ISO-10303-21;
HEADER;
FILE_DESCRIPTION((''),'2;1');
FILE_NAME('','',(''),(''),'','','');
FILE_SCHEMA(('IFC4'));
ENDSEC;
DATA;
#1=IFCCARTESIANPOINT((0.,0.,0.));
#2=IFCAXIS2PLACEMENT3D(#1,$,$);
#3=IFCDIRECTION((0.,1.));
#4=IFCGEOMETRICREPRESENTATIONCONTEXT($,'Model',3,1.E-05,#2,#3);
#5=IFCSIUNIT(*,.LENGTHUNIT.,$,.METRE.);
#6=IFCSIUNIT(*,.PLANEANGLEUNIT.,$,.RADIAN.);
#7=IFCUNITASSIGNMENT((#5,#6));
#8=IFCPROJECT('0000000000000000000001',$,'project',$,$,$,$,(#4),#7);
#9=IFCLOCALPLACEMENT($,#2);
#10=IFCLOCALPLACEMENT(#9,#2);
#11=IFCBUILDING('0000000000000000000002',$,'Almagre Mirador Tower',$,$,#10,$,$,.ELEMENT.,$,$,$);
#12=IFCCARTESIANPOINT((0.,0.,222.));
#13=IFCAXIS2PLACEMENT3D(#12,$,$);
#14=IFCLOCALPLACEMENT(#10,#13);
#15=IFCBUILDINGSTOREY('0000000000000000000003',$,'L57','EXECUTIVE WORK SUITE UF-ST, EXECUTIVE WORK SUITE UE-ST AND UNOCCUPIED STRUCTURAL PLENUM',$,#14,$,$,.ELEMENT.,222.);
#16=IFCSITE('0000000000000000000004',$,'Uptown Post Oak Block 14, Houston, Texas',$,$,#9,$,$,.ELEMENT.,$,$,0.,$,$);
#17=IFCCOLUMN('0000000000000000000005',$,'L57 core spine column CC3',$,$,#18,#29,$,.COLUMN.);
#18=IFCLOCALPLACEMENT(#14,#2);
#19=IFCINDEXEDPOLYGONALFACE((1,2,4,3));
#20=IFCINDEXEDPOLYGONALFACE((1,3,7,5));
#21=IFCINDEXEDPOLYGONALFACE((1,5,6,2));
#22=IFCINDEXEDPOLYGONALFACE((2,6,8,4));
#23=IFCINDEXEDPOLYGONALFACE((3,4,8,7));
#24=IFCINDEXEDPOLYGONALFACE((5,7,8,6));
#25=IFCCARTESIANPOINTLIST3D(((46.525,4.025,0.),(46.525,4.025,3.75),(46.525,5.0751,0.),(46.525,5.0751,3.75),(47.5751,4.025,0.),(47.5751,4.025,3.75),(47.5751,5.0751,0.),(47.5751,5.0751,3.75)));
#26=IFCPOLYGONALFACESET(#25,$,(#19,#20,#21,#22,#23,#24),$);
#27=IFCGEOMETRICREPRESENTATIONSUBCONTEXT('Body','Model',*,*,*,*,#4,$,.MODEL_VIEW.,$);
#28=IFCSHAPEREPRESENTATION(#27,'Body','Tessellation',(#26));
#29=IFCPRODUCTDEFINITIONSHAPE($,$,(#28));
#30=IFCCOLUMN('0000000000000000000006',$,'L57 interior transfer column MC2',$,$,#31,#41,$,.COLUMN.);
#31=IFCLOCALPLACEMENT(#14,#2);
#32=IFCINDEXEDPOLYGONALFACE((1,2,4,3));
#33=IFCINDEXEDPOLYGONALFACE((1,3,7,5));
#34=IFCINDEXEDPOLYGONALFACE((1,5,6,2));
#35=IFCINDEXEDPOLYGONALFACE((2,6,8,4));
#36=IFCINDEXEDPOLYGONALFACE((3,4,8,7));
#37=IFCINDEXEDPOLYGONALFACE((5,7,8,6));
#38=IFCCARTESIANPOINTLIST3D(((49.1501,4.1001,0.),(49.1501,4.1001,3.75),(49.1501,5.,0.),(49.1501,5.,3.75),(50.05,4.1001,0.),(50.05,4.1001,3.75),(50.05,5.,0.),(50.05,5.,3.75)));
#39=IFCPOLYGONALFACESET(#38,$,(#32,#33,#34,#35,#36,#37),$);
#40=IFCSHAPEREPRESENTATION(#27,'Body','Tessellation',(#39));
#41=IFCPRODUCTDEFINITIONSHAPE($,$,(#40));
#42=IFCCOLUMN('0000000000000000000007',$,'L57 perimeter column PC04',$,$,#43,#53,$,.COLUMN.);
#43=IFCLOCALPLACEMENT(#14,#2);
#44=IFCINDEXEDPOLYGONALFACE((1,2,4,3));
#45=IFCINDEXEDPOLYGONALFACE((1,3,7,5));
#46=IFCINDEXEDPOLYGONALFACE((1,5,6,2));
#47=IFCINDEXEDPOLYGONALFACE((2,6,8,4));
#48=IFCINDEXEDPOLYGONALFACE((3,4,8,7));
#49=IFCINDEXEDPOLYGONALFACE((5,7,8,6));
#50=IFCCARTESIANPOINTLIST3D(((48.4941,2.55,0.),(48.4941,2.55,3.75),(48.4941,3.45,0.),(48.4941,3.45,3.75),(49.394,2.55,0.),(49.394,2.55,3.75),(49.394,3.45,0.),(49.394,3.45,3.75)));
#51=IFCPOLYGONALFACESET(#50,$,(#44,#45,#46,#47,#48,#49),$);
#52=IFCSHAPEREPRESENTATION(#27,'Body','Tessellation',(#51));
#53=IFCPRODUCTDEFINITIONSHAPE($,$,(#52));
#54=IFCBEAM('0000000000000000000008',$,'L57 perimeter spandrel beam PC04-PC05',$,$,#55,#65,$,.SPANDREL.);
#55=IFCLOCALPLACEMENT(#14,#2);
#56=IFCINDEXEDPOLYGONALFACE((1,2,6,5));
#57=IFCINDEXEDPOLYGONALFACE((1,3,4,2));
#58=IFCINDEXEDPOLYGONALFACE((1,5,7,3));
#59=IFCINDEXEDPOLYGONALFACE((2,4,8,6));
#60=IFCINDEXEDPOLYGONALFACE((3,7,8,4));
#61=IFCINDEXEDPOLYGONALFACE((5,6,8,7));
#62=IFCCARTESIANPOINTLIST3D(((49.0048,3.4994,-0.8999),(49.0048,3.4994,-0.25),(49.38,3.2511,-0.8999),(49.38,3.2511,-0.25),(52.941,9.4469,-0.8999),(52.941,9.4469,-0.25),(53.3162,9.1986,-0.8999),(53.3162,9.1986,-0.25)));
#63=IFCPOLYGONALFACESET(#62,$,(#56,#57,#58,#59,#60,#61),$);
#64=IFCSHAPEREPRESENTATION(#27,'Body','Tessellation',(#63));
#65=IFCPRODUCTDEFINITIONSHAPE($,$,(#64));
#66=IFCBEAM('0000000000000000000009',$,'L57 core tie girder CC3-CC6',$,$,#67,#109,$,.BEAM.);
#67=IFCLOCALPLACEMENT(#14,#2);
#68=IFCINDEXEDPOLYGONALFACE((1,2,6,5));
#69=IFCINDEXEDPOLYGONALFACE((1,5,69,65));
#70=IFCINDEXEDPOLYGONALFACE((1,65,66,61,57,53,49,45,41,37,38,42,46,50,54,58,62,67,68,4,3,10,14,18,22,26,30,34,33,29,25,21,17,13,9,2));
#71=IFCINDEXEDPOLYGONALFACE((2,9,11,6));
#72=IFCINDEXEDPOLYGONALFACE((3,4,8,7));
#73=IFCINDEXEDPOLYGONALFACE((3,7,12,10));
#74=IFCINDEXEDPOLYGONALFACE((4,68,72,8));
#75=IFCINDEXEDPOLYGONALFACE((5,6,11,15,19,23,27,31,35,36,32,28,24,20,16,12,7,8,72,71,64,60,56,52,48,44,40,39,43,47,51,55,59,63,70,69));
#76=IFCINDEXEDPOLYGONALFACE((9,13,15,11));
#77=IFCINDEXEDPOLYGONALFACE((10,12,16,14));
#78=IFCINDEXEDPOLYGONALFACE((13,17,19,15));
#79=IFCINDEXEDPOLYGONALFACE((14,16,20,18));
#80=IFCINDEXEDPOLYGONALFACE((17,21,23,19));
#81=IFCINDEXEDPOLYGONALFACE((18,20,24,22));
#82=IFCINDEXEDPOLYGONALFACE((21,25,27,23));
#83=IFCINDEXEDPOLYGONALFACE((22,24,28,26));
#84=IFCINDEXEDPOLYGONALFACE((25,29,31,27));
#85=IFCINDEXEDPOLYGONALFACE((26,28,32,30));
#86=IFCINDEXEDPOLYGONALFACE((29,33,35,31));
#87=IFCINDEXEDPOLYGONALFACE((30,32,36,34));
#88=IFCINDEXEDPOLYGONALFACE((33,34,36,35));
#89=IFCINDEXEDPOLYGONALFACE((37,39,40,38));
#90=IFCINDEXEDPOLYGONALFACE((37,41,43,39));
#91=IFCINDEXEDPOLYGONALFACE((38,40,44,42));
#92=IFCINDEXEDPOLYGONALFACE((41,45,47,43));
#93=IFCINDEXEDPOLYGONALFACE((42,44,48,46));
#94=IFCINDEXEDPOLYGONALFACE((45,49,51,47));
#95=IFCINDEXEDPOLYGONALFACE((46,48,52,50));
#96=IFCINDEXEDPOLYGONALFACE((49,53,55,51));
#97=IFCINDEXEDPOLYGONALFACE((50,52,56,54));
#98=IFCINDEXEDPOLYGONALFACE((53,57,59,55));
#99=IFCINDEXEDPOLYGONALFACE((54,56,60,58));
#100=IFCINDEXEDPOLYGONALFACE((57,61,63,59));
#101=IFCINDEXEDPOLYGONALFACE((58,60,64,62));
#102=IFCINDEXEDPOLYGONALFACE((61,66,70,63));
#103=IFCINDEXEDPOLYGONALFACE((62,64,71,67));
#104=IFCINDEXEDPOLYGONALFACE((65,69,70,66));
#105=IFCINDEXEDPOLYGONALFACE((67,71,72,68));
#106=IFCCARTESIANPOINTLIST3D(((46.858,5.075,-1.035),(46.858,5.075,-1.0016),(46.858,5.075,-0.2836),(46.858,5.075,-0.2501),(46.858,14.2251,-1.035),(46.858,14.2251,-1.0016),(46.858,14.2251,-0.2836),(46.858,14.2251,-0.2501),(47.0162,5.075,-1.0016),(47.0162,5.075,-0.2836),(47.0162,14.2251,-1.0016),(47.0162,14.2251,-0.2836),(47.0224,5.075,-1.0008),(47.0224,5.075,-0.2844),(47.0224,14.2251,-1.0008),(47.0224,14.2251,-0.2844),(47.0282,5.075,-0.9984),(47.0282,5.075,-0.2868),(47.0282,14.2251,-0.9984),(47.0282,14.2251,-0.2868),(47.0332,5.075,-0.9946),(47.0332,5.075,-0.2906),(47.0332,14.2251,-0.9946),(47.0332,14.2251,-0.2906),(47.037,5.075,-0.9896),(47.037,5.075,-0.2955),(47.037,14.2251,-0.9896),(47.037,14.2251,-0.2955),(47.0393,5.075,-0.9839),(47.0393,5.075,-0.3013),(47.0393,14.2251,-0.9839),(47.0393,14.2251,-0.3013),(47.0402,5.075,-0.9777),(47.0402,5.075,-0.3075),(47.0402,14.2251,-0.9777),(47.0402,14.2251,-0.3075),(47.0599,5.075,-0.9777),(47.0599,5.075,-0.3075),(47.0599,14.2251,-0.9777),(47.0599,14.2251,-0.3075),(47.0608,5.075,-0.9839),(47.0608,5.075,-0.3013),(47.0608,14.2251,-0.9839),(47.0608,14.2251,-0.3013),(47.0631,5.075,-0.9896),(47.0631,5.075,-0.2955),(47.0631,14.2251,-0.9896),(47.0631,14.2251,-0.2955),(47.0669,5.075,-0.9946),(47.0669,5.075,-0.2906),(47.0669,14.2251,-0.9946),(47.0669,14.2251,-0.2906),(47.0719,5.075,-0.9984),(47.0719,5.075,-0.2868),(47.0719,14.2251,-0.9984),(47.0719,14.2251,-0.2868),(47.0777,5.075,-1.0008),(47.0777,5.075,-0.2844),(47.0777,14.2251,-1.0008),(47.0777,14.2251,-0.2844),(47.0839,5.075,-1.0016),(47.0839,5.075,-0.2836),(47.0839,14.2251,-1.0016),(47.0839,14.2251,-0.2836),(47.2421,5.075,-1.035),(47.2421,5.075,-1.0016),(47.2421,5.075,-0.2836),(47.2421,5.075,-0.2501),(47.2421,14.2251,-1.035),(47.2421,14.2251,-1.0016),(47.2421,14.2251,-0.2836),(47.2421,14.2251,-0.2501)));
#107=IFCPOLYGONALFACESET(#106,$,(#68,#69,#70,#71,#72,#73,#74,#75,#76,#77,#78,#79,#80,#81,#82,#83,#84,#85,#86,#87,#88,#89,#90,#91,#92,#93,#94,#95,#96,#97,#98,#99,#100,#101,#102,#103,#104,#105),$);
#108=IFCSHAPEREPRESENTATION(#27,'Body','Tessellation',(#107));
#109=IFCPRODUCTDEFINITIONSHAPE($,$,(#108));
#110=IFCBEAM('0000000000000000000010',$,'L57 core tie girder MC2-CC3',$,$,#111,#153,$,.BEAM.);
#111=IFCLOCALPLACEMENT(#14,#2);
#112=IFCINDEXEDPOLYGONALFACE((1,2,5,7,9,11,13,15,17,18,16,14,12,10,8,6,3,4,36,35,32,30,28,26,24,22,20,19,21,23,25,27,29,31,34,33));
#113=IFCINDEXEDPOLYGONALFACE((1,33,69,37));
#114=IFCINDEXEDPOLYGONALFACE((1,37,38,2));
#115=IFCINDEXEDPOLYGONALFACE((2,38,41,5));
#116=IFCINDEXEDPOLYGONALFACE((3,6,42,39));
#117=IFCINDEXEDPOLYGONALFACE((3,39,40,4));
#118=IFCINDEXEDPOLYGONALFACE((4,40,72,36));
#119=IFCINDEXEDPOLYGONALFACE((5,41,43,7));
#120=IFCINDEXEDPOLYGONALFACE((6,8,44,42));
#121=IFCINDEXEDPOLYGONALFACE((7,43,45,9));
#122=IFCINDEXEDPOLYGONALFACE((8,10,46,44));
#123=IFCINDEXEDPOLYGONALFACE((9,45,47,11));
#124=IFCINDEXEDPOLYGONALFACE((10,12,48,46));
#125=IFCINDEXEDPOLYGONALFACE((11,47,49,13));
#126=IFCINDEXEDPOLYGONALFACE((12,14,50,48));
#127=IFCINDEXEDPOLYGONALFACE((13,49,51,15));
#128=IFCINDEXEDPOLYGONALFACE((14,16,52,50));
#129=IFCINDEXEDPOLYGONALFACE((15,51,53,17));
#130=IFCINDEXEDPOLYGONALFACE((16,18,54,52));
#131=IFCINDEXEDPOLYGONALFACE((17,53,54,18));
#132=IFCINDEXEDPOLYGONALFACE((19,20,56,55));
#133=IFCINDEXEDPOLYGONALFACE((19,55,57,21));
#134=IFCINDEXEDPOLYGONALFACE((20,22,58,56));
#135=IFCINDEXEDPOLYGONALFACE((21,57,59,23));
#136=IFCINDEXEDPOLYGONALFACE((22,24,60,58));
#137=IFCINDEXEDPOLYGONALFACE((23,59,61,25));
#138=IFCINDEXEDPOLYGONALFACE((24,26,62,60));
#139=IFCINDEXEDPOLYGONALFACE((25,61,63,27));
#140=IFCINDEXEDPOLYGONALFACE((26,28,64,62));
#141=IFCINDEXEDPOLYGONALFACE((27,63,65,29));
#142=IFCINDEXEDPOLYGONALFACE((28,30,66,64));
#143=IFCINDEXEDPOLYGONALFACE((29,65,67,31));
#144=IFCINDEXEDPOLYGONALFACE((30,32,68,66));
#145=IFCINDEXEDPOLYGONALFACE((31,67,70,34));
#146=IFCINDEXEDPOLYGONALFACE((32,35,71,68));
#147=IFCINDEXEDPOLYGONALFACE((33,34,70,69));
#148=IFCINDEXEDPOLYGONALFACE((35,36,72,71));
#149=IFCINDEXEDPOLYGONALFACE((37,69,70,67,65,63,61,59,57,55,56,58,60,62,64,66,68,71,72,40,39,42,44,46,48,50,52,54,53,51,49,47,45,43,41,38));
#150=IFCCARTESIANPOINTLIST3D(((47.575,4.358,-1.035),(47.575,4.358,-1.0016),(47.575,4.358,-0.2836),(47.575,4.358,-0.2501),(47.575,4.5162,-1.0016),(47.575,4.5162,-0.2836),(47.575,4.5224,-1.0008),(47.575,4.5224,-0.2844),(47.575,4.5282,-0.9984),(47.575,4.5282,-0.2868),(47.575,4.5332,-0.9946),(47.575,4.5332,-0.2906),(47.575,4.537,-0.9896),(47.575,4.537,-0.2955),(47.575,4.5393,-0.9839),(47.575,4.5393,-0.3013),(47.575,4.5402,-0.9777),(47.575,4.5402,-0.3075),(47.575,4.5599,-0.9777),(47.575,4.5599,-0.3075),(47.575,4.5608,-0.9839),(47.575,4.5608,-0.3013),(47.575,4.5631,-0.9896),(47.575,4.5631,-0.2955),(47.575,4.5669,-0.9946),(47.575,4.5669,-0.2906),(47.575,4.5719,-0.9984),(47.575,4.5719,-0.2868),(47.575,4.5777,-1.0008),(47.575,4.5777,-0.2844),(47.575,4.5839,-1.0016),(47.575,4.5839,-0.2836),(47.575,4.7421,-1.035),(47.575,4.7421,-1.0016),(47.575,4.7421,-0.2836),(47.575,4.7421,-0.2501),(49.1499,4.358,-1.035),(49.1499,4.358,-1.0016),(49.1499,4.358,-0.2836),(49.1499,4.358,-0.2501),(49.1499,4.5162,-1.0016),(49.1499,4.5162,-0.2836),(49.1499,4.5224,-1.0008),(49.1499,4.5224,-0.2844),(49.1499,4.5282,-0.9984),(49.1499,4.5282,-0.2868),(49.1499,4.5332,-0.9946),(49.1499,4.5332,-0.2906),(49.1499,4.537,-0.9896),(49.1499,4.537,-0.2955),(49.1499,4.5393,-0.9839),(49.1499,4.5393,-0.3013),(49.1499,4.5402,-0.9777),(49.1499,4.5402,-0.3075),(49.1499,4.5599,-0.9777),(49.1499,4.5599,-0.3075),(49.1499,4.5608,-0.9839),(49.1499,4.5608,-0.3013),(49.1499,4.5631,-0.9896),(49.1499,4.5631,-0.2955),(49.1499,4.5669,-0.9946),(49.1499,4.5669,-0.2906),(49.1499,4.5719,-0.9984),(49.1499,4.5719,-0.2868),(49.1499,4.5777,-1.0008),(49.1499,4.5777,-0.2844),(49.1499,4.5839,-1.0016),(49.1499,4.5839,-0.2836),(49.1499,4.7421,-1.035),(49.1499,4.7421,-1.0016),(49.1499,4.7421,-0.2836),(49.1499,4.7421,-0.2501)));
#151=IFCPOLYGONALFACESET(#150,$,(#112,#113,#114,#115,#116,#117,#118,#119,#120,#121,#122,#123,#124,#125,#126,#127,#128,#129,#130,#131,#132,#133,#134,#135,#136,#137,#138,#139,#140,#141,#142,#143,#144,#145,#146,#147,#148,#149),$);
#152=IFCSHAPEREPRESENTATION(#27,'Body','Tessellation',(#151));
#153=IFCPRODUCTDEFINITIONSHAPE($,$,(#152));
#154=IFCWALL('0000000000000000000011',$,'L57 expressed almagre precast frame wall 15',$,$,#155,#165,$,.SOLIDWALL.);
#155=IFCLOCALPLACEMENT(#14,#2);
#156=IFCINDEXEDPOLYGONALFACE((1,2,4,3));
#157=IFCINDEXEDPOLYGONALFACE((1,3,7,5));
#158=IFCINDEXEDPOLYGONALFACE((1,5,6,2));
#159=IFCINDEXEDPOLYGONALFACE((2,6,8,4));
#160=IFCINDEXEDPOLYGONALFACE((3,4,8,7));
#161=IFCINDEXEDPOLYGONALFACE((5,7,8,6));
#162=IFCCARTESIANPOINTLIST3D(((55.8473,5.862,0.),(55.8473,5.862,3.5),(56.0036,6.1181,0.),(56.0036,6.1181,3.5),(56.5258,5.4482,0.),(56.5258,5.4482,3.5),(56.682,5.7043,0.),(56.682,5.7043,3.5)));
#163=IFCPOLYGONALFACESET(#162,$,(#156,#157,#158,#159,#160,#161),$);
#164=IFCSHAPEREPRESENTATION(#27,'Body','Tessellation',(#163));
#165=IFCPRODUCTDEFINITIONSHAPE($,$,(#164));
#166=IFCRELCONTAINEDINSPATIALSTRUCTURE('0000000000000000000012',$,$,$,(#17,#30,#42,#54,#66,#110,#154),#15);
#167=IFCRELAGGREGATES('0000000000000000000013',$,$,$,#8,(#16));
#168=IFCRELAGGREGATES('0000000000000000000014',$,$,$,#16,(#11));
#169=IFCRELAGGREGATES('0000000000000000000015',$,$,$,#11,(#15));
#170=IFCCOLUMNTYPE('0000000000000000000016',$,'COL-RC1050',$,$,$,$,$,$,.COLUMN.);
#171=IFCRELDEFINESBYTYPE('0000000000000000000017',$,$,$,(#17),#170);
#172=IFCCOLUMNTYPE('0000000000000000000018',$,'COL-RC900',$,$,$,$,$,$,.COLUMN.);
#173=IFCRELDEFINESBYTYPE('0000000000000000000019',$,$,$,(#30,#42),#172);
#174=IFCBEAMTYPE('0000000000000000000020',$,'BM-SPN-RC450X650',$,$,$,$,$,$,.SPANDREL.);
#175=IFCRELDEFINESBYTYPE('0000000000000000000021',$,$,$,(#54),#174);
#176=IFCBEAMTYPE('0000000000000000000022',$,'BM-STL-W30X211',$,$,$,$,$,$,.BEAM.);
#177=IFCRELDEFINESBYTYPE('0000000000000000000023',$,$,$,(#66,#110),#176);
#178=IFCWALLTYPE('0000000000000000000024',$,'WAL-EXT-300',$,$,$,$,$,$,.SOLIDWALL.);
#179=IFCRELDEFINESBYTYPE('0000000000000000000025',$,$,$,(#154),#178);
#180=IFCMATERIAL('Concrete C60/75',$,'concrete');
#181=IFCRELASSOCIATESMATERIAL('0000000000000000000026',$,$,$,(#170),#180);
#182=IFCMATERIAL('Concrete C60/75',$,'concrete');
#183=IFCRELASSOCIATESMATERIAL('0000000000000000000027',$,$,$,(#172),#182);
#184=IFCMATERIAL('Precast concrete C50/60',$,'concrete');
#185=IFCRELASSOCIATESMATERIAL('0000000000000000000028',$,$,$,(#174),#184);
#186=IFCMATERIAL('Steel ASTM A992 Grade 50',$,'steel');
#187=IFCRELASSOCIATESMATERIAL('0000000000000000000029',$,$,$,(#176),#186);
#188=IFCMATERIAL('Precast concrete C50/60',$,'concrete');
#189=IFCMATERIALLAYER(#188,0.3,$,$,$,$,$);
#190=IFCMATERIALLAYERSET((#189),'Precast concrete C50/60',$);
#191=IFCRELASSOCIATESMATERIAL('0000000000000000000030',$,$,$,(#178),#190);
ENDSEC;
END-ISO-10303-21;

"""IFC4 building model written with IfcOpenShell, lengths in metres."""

from ifc_helpers import new_model, si_unit, direction, frame, frame_2d, origin, origin_2d, place, context, subcontext, project, spatial, rectangle, i_section, extrude, material, layer, layer_set, material_profile, profile_set, type_object, element, save


model = new_model("IFC4")

# Units and contexts
model_context = context("Model", 3, precision=1e-05, world=origin(), true_north=direction((0.0, 1.0)))
body_context = subcontext(model_context, "Body", "Model", "MODEL_VIEW")
ifc_project = project(units=[si_unit("LENGTHUNIT", "METRE"), si_unit("PLANEANGLEUNIT", "RADIAN")], contexts=[model_context])

# Site, building, storey
site_placement = place(None, origin())
site = spatial("IfcSite", under=ifc_project, at=site_placement, Name="Uptown Post Oak Block 14, Houston, Texas", CompositionType="ELEMENT", RefElevation=0.0)
building_placement = place(site_placement, origin())
building = spatial("IfcBuilding", under=site, at=building_placement, Name="Almagre Mirador Tower", CompositionType="ELEMENT")
storey_placement = place(building_placement, frame((0.0, 0.0, 222.0)))
storey = spatial("IfcBuildingStorey", under=building, at=storey_placement, Name="L57", Description="EXECUTIVE WORK SUITE UF-ST, EXECUTIVE WORK SUITE UE-ST AND UNOCCUPIED STRUCTURAL PLENUM", CompositionType="ELEMENT", Elevation=222.0)

# Columns
ifc_material_1 = material(Name="Concrete C60/75", Category="concrete")
ifc_material_profile_1 = material_profile(ifc_material_1, rectangle(XDim=1.05, YDim=1.05, at=origin_2d()), Name="RC1050X1050")
ifc_profile_set_1 = profile_set([ifc_material_profile_1], Name="Concrete C60/75")
column_type_1 = type_object("IfcColumnType", Name="COL-RC1050", PredefinedType="COLUMN", material=ifc_profile_set_1)
column_placement = place(storey_placement, frame((47.05, 4.55, 0.0), z_axis=(0.0, 0.0, 1.0), x_axis=(1.0, 0.0, 0.0)))
element("IfcColumn", 1, at=column_placement, inside=storey, type_object=column_type_1, Name="L57 core spine column CC3", PredefinedType="COLUMN", context=body_context, shape_type="SweptSolid", body=[
    extrude(rectangle(XDim=1.05, YDim=1.05, at=origin_2d()), origin(), (0.0, 0.0, 1.0), 3.75),
])
ifc_material_2 = material(Name="Concrete C60/75", Category="concrete")
ifc_material_profile_2 = material_profile(ifc_material_2, rectangle(XDim=0.8999, YDim=0.8999, at=origin_2d()), Name="RC900X900")
ifc_profile_set_2 = profile_set([ifc_material_profile_2], Name="Concrete C60/75")
column_type_2 = type_object("IfcColumnType", Name="COL-RC900", PredefinedType="COLUMN", material=ifc_profile_set_2)
for number, where, z_axis, x_axis, name in (
    (2, (49.6001, 4.55, 0.0), (0.0, 0.0, 1.0), (1.0, 0.0, 0.0), "L57 interior transfer column MC2"),
    (3, (48.9441, 3.0, 0.0), (0.0, 0.0, 1.0), (1.0, 0.0, 0.0), "L57 perimeter column PC04"),
):
    element("IfcColumn", number, at=place(storey_placement, frame(where, z_axis=z_axis, x_axis=x_axis)), inside=storey, type_object=column_type_2, Name=name, PredefinedType="COLUMN", context=body_context, shape_type="SweptSolid", body=[
        extrude(rectangle(XDim=0.8999, YDim=0.8999, at=origin_2d()), origin(), (0.0, 0.0, 1.0), 3.75),
    ])

# Beams
ifc_material_3 = material(Name="Precast concrete C50/60", Category="concrete")
ifc_material_profile_3 = material_profile(ifc_material_3, rectangle(XDim=0.45, YDim=0.6499, at=origin_2d()), Name="RC450X650")
ifc_profile_set_3 = profile_set([ifc_material_profile_3], Name="Precast concrete C50/60")
beam_type_1 = type_object("IfcBeamType", Name="BM-SPN-RC450X650", PredefinedType="SPANDREL", material=ifc_profile_set_3)
beam_1_placement = place(storey_placement, frame((49.1924, 3.3752, -0.575), z_axis=(0.551909, 0.833905, 0.0), x_axis=(-0.833905, 0.551909, 0.0)))
element("IfcBeam", 4, at=beam_1_placement, inside=storey, type_object=beam_type_1, Name="L57 perimeter spandrel beam PC04-PC05", PredefinedType="SPANDREL", context=body_context, shape_type="SweptSolid", body=[
    extrude(rectangle(XDim=0.45, YDim=0.6499, at=origin_2d()), origin(), (0.0, 0.0, 1.0), 7.1321),
])
ifc_material_4 = material(Name="Steel ASTM A992 Grade 50", Category="steel")
ifc_material_profile_4 = material_profile(ifc_material_4, i_section(OverallWidth=0.384, OverallDepth=0.7849, WebThickness=0.0198, FlangeThickness=0.0334, FilletRadius=0.0239, at=origin_2d()), Name="W30X211")
ifc_profile_set_4 = profile_set([ifc_material_profile_4], Name="Steel ASTM A992 Grade 50")
beam_type_2 = type_object("IfcBeamType", Name="BM-STL-W30X211", PredefinedType="BEAM", material=ifc_profile_set_4)
beam_2_placement = place(storey_placement, frame((47.05, 5.075, -0.6426), z_axis=(0.0, 1.0, 0.0), x_axis=(-1.0, 0.0, 0.0)))
element("IfcBeam", 5, at=beam_2_placement, inside=storey, type_object=beam_type_2, Name="L57 core tie girder CC3-CC6", PredefinedType="BEAM", context=body_context, shape_type="SweptSolid", body=[
    extrude(i_section(OverallWidth=0.384, OverallDepth=0.7849, WebThickness=0.0198, FlangeThickness=0.0334, FilletRadius=0.0239, at=origin_2d()), origin(), (0.0, 0.0, 1.0), 9.1501),
])
beam_3_placement = place(storey_placement, frame((49.1499, 4.55, -0.6426), z_axis=(-1.0, 0.0, 0.0), x_axis=(0.0, -1.0, 0.0)))
element("IfcBeam", 6, at=beam_3_placement, inside=storey, type_object=beam_type_2, Name="L57 core tie girder MC2-CC3", PredefinedType="BEAM", context=body_context, shape_type="SweptSolid", body=[
    extrude(i_section(OverallWidth=0.384, OverallDepth=0.7849, WebThickness=0.0198, FlangeThickness=0.0334, FilletRadius=0.0239, at=origin_2d()), origin(), (0.0, 0.0, 1.0), 1.575),
])

# Wall
ifc_material_5 = material(Name="Precast concrete C50/60", Category="concrete")
ifc_layer_1 = layer(ifc_material_5, 0.3)
ifc_layer_set_1 = layer_set([ifc_layer_1], Name="Precast concrete C50/60")
wall_type_1 = type_object("IfcWallType", Name="WAL-EXT-300", PredefinedType="SOLIDWALL", material=ifc_layer_set_1)
wall_1_placement = place(storey_placement, frame((56.604, 5.5762, 0.0), z_axis=(0.0, 0.0, 1.0), x_axis=(-0.85373, 0.520717, 0.0)))
element("IfcWall", 7, at=wall_1_placement, inside=storey, type_object=wall_type_1, Name="L57 expressed almagre precast frame wall 15", PredefinedType="SOLIDWALL", context=body_context, shape_type="SweptSolid", body=[
    extrude(rectangle(XDim=0.7947, YDim=0.3, at=frame_2d((0.3975, 0.0))), origin(), (0.0, 0.0, 1.0), 3.5),
])

save(model, "model.ifc")
